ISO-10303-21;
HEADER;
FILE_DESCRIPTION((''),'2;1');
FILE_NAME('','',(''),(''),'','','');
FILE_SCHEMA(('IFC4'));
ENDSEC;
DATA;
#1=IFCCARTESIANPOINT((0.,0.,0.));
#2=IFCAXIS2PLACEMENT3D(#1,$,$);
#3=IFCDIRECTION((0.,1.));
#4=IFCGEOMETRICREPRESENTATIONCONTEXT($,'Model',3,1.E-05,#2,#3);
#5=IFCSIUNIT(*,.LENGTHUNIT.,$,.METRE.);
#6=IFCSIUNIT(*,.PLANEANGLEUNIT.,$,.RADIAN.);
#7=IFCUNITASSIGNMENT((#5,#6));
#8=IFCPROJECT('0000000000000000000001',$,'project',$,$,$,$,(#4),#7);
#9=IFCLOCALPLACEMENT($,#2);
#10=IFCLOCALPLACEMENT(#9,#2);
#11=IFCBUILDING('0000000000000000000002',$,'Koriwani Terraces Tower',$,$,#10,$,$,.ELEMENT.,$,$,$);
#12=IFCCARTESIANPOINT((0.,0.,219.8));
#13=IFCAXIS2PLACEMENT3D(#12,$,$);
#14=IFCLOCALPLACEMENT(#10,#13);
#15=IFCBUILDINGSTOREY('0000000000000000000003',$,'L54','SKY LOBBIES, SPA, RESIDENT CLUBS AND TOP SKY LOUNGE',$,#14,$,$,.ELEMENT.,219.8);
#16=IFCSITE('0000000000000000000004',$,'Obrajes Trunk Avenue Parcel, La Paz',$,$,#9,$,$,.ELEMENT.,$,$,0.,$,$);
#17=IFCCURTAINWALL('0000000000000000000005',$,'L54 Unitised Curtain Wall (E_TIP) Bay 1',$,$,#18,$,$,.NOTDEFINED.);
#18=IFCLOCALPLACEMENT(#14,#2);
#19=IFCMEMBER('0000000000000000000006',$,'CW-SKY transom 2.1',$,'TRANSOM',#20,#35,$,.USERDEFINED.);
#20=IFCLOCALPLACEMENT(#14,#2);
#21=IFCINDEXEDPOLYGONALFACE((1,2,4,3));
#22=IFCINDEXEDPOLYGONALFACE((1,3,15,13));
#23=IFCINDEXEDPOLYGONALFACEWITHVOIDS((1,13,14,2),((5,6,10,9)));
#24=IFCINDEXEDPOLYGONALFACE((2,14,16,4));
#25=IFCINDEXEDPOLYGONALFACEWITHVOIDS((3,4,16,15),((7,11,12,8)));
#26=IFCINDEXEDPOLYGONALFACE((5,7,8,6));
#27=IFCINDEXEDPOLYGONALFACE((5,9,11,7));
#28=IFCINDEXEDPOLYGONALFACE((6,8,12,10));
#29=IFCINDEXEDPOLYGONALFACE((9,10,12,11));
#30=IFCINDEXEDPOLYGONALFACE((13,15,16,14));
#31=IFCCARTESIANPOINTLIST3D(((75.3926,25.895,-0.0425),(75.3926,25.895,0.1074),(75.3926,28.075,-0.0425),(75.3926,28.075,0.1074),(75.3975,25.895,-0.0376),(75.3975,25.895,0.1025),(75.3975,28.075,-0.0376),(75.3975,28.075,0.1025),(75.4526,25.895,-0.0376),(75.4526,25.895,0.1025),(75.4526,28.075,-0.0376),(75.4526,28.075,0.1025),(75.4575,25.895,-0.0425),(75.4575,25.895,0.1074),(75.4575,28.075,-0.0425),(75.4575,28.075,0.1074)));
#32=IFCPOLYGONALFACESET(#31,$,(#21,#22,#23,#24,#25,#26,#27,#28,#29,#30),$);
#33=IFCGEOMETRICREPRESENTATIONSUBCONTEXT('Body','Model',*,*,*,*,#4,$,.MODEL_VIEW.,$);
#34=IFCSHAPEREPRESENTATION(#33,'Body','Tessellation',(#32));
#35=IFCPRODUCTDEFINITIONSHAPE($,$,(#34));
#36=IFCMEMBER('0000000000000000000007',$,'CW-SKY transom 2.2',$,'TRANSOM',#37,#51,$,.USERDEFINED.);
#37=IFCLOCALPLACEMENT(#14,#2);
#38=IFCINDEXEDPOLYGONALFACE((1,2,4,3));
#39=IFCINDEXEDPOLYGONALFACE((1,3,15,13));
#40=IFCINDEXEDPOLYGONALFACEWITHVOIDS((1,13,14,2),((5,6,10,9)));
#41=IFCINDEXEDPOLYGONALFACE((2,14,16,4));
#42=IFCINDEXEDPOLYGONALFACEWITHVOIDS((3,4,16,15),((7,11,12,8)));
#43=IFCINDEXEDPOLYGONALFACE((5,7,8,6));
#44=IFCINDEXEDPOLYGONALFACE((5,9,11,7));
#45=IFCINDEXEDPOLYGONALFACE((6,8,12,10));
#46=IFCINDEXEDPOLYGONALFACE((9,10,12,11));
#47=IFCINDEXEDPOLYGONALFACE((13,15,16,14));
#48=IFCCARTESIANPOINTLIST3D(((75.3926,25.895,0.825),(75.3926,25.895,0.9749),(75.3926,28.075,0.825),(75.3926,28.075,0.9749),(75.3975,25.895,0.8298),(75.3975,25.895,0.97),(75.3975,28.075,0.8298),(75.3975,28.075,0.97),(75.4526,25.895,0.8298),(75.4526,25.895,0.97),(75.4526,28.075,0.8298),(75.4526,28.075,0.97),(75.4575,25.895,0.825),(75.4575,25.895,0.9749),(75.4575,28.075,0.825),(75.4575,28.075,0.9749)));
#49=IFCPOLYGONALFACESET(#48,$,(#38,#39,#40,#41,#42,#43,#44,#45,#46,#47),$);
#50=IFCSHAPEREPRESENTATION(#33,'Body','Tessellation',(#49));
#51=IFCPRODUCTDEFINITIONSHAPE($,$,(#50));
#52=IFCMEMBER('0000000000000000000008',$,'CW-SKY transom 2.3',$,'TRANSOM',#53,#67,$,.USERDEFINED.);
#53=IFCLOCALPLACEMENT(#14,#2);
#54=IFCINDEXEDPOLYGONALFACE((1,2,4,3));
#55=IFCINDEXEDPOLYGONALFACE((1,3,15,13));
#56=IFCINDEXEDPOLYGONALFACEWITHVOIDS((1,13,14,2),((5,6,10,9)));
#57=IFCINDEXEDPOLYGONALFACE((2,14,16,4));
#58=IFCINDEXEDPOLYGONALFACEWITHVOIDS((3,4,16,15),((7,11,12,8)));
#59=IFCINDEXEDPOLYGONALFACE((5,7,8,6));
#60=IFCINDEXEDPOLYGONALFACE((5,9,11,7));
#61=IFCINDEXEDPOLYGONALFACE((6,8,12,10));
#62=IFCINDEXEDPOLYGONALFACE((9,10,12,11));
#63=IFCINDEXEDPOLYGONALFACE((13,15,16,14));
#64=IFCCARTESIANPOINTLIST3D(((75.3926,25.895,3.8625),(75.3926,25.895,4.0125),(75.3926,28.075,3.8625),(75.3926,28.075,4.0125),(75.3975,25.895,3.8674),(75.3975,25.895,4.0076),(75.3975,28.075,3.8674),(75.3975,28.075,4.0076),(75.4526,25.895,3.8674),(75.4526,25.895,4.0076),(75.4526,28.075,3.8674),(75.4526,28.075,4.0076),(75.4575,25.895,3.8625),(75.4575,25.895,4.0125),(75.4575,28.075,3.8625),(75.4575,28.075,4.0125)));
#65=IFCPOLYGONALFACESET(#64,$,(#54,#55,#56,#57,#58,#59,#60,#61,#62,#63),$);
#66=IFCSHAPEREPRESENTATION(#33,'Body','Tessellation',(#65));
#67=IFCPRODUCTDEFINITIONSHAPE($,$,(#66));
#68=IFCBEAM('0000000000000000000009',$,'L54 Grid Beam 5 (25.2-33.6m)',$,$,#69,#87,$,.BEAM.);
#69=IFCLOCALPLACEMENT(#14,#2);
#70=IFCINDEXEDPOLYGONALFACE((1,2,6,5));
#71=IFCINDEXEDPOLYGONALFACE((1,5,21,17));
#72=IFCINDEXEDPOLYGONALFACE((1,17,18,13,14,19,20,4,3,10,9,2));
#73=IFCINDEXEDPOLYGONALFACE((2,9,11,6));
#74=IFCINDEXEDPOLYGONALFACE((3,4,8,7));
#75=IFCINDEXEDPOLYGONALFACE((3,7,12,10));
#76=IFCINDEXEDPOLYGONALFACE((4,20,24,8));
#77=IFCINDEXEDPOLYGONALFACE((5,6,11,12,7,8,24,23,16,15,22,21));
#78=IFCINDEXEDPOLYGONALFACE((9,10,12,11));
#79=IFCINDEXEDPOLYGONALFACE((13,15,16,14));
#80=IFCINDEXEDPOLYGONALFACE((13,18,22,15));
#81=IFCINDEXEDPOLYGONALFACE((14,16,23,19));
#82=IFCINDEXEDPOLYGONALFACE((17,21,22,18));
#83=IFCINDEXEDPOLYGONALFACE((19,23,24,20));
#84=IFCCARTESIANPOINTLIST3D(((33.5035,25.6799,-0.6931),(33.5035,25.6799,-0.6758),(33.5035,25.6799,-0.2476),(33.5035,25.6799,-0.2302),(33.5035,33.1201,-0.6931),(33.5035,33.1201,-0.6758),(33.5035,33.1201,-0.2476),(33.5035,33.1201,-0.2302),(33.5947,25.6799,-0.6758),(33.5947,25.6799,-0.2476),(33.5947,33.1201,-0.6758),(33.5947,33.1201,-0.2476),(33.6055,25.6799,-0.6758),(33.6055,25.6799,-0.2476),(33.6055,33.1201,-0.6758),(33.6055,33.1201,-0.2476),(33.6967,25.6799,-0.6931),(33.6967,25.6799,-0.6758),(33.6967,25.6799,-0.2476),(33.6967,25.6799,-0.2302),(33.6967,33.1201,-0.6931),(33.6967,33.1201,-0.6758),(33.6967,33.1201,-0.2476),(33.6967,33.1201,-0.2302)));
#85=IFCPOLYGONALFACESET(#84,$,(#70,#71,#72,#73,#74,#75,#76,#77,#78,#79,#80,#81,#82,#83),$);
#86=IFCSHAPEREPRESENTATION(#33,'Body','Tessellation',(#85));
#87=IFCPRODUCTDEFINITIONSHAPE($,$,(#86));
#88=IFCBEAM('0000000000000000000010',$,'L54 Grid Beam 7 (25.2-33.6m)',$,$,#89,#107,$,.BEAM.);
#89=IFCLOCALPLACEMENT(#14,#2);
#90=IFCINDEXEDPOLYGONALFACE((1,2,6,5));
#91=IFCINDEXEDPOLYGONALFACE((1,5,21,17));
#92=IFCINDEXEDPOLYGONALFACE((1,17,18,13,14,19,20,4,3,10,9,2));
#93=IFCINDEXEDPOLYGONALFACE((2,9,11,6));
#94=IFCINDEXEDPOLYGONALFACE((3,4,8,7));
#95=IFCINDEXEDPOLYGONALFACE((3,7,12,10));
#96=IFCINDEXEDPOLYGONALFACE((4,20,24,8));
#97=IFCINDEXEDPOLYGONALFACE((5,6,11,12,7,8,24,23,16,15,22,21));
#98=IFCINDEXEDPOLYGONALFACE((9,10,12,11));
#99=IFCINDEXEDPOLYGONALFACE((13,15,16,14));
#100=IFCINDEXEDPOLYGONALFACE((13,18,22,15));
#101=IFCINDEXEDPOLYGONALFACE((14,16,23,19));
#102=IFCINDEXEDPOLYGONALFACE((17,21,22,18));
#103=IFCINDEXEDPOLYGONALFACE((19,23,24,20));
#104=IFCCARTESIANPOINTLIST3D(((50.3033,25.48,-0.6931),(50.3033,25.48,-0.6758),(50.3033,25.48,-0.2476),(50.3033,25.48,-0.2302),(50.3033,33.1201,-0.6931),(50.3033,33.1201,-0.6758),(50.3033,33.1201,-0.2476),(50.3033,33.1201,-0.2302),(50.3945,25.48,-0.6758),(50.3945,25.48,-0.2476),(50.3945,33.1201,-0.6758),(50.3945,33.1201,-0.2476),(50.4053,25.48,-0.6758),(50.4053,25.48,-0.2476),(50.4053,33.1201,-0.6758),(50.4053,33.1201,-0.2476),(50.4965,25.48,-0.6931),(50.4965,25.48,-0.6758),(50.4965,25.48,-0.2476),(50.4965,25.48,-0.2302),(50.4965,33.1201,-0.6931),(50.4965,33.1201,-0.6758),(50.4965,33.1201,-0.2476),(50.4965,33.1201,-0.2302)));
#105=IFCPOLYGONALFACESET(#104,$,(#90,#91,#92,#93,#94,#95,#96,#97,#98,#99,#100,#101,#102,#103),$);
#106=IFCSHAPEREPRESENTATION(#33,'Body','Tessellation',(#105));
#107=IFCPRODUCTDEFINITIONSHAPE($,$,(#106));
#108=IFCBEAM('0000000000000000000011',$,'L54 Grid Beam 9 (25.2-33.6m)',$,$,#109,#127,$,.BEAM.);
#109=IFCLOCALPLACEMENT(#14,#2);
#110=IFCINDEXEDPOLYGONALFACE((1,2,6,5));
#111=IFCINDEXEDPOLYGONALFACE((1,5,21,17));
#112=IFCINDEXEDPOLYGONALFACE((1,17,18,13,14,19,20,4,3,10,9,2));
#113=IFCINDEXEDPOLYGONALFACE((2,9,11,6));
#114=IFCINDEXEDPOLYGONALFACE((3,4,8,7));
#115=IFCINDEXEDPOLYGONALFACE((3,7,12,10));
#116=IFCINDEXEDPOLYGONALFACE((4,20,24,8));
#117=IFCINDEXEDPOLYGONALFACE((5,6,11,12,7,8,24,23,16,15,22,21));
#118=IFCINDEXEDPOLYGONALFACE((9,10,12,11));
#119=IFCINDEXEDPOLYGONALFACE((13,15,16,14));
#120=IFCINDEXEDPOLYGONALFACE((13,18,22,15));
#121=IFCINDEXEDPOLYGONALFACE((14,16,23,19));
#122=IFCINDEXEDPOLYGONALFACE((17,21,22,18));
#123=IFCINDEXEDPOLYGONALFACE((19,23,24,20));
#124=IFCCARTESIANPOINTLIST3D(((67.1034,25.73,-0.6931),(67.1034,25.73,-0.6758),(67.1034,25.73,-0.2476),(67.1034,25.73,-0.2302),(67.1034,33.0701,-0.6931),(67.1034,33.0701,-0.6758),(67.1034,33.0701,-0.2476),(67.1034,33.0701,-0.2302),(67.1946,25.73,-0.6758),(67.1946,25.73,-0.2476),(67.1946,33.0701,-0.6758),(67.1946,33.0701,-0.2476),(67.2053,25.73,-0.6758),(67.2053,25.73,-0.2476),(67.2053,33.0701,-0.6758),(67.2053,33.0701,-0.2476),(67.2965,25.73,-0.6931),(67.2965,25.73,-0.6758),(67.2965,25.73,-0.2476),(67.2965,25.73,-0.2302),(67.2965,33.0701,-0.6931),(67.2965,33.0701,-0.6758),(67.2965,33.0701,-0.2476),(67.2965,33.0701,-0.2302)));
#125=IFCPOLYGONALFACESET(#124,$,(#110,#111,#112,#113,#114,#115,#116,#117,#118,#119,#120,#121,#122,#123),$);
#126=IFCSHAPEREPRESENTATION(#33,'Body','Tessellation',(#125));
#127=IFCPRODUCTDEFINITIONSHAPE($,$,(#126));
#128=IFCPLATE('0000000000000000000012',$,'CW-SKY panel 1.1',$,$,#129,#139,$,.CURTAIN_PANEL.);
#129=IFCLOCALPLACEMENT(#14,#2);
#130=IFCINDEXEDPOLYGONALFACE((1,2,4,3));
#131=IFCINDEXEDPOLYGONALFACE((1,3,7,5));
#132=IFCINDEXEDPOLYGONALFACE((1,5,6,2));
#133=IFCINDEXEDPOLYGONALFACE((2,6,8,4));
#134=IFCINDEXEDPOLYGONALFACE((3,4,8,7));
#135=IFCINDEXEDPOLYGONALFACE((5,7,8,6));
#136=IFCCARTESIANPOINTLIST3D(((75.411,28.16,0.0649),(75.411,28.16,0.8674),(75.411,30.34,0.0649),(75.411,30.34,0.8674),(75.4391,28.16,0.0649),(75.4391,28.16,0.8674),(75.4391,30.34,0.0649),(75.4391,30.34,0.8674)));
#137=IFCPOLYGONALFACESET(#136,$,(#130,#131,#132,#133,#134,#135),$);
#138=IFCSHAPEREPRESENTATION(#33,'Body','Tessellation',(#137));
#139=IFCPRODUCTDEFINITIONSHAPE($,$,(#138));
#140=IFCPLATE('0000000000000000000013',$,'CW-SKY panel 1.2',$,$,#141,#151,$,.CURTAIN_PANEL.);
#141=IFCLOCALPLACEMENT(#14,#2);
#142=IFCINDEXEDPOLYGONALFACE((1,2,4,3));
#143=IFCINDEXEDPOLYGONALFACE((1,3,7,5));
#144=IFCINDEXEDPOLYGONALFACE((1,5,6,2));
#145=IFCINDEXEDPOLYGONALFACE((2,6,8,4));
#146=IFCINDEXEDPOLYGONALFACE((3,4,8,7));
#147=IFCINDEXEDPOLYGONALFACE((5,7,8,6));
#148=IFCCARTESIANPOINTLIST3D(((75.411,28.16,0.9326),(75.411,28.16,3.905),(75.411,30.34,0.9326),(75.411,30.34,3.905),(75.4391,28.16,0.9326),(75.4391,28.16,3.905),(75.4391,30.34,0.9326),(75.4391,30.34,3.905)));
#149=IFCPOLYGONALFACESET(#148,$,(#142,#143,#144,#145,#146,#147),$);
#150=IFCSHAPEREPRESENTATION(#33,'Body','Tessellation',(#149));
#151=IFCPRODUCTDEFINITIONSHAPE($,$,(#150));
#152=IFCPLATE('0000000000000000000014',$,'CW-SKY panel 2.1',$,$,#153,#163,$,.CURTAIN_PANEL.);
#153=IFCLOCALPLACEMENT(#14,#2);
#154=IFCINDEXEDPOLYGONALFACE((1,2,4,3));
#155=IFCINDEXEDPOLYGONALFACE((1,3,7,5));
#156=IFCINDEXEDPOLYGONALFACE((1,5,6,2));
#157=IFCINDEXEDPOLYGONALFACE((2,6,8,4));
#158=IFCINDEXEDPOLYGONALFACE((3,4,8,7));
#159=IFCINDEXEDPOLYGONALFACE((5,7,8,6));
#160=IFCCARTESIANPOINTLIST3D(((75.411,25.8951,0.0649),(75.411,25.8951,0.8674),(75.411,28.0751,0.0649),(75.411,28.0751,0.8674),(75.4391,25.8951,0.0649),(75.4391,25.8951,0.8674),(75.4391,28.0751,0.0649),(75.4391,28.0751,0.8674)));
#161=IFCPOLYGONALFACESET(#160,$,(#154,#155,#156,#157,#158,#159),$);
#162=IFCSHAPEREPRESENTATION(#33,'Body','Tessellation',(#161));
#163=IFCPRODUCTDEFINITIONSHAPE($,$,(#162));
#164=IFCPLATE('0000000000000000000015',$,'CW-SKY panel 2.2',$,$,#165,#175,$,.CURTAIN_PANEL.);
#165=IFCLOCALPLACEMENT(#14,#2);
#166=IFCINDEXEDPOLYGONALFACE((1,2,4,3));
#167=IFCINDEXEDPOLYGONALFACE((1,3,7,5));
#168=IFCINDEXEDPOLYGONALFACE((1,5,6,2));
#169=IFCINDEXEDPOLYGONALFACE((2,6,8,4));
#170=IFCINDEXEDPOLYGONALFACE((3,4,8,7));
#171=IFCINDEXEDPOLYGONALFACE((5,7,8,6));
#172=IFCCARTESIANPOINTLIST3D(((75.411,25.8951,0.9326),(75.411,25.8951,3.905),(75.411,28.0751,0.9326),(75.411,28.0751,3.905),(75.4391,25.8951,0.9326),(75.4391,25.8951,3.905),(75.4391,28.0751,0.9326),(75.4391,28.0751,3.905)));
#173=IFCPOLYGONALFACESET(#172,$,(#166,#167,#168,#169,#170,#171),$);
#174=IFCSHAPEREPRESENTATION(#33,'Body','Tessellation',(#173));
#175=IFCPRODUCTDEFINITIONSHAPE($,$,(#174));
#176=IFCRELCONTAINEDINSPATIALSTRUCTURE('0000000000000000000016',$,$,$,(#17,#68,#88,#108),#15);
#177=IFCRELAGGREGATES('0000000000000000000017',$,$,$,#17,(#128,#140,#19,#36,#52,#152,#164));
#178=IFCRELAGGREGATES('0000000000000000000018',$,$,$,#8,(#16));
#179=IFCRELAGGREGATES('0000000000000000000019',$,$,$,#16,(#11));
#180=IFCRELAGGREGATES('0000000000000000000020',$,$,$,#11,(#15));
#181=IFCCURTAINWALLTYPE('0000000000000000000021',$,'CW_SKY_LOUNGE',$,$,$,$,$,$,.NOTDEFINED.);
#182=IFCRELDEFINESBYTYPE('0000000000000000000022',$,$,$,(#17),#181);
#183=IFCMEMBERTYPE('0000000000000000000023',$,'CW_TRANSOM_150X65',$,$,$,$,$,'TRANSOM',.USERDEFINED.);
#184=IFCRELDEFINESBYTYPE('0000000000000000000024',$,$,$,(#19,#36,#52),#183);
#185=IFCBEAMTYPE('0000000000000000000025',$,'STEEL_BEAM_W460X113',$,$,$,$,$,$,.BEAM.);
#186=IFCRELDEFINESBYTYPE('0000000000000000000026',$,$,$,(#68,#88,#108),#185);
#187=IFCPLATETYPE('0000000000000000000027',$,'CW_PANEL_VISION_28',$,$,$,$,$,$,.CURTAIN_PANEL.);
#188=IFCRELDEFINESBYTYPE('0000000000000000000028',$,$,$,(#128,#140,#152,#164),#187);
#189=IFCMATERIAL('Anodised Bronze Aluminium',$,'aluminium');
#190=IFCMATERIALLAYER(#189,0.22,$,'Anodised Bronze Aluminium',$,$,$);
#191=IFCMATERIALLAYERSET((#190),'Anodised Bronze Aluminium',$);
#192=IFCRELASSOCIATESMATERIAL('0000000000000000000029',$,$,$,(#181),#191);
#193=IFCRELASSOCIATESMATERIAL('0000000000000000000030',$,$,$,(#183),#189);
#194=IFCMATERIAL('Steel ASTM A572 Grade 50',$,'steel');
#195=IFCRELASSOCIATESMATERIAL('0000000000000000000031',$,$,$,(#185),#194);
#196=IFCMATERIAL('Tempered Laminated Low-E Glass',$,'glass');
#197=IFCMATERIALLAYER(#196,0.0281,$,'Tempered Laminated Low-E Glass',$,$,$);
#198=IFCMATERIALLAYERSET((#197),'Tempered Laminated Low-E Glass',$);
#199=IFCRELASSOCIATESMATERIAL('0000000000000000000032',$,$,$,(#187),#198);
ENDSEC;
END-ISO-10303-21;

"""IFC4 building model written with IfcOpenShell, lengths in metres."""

from ifc_helpers import new_model, si_unit, direction, frame, origin, origin_2d, place, context, subcontext, project, spatial, rectangle, hollow_rectangle, i_section, extrude, material, layer, layer_set, material_profile, profile_set, type_object, element, aggregate, save


model = new_model("IFC4")

# Units and contexts
model_context = context("Model", 3, precision=1e-05, world=origin(), true_north=direction((0.0, 1.0)))
body_context = subcontext(model_context, "Body", "Model", "MODEL_VIEW")
ifc_project = project(units=[si_unit("LENGTHUNIT", "METRE"), si_unit("PLANEANGLEUNIT", "RADIAN")], contexts=[model_context])

# Site, building, storey
site_placement = place(None, origin())
site = spatial("IfcSite", under=ifc_project, at=site_placement, Name="Obrajes Trunk Avenue Parcel, La Paz", CompositionType="ELEMENT", RefElevation=0.0)
building_placement = place(site_placement, origin())
building = spatial("IfcBuilding", under=site, at=building_placement, Name="Koriwani Terraces Tower", CompositionType="ELEMENT")
storey_placement = place(building_placement, frame((0.0, 0.0, 219.8)))
storey = spatial("IfcBuildingStorey", under=building, at=storey_placement, Name="L54", Description="SKY LOBBIES, SPA, RESIDENT CLUBS AND TOP SKY LOUNGE", CompositionType="ELEMENT", Elevation=219.8)

# Curtain wall, members
ifc_material_1 = material(Name="Anodised Bronze Aluminium", Category="aluminium")
ifc_layer_1 = layer(ifc_material_1, 0.22, Name="Anodised Bronze Aluminium")
ifc_layer_set_1 = layer_set([ifc_layer_1], Name="Anodised Bronze Aluminium")
curtain_wall_type = type_object("IfcCurtainWallType", Name="CW_SKY_LOUNGE", PredefinedType="NOTDEFINED", material=ifc_layer_set_1)
curtain_wall_placement = place(storey_placement, origin())
curtain_wall = element("IfcCurtainWall", 1, at=curtain_wall_placement, inside=storey, type_object=curtain_wall_type, Name="L54 Unitised Curtain Wall (E_TIP) Bay 1", PredefinedType="NOTDEFINED")
ifc_material_profile_1 = material_profile(ifc_material_1, hollow_rectangle(XDim=0.0649, YDim=0.1499, WallThickness=0.0049, at=origin_2d()), Name="Anodised Bronze Aluminium", Category="LoadBearing")
ifc_profile_set_1 = profile_set([ifc_material_profile_1], Name="Anodised Bronze Aluminium")
member_type_1 = type_object("IfcMemberType", Name="CW_TRANSOM_150X65", ElementType="TRANSOM", PredefinedType="USERDEFINED", material=ifc_profile_set_1)
member_1_placement = place(storey_placement, frame((75.425, 28.075, 0.0325), z_axis=(0.0, -1.0, 0.0), x_axis=(1.0, 0.0, 0.0)))
member_1 = element("IfcMember", 2, at=member_1_placement, type_object=member_type_1, Name="CW-SKY transom 2.1", ObjectType="TRANSOM", PredefinedType="USERDEFINED", context=body_context, shape_type="SweptSolid", body=[
    extrude(hollow_rectangle(XDim=0.0649, YDim=0.1499, WallThickness=0.0049, at=origin_2d()), origin(), (0.0, 0.0, 1.0), 2.1799),
])
member_2_placement = place(storey_placement, frame((75.425, 28.075, 0.8999), z_axis=(0.0, -1.0, 0.0), x_axis=(1.0, 0.0, 0.0)))
member_2 = element("IfcMember", 3, at=member_2_placement, type_object=member_type_1, Name="CW-SKY transom 2.2", ObjectType="TRANSOM", PredefinedType="USERDEFINED", context=body_context, shape_type="SweptSolid", body=[
    extrude(hollow_rectangle(XDim=0.0649, YDim=0.1499, WallThickness=0.0049, at=origin_2d()), origin(), (0.0, 0.0, 1.0), 2.1799),
])
member_3_placement = place(storey_placement, frame((75.425, 28.075, 3.9375), z_axis=(0.0, -1.0, 0.0), x_axis=(1.0, 0.0, 0.0)))
member_3 = element("IfcMember", 4, at=member_3_placement, type_object=member_type_1, Name="CW-SKY transom 2.3", ObjectType="TRANSOM", PredefinedType="USERDEFINED", context=body_context, shape_type="SweptSolid", body=[
    extrude(hollow_rectangle(XDim=0.0649, YDim=0.1499, WallThickness=0.0049, at=origin_2d()), origin(), (0.0, 0.0, 1.0), 2.1799),
])

# Beams
ifc_material_2 = material(Name="Steel ASTM A572 Grade 50", Category="steel")
ifc_material_profile_2 = material_profile(ifc_material_2, i_section(OverallWidth=0.1931, OverallDepth=0.4629, WebThickness=0.0107, FlangeThickness=0.0173, at=origin_2d()), Name="Steel ASTM A572 Grade 50", Category="LoadBearing")
ifc_profile_set_2 = profile_set([ifc_material_profile_2], Name="Steel ASTM A572 Grade 50")
beam_type_1 = type_object("IfcBeamType", Name="STEEL_BEAM_W460X113", PredefinedType="BEAM", material=ifc_profile_set_2)
beam_1_placement = place(storey_placement, frame((33.6001, 25.6799, -0.4617), z_axis=(0.0, 1.0, 0.0), x_axis=(-1.0, 0.0, 0.0)))
element("IfcBeam", 5, at=beam_1_placement, inside=storey, type_object=beam_type_1, Name="L54 Grid Beam 5 (25.2-33.6m)", PredefinedType="BEAM", context=body_context, shape_type="SweptSolid", body=[
    extrude(i_section(OverallWidth=0.1931, OverallDepth=0.4629, WebThickness=0.0107, FlangeThickness=0.0173, at=origin_2d()), origin(), (0.0, 0.0, 1.0), 7.4402),
])
beam_2_placement = place(storey_placement, frame((50.3999, 25.48, -0.4617), z_axis=(0.0, 1.0, 0.0), x_axis=(-1.0, 0.0, 0.0)))
element("IfcBeam", 6, at=beam_2_placement, inside=storey, type_object=beam_type_1, Name="L54 Grid Beam 7 (25.2-33.6m)", PredefinedType="BEAM", context=body_context, shape_type="SweptSolid", body=[
    extrude(i_section(OverallWidth=0.1931, OverallDepth=0.4629, WebThickness=0.0107, FlangeThickness=0.0173, at=origin_2d()), origin(), (0.0, 0.0, 1.0), 7.6401),
])
beam_3_placement = place(storey_placement, frame((67.2, 25.73, -0.4617), z_axis=(0.0, 1.0, 0.0), x_axis=(-1.0, 0.0, 0.0)))
element("IfcBeam", 7, at=beam_3_placement, inside=storey, type_object=beam_type_1, Name="L54 Grid Beam 9 (25.2-33.6m)", PredefinedType="BEAM", context=body_context, shape_type="SweptSolid", body=[
    extrude(i_section(OverallWidth=0.1931, OverallDepth=0.4629, WebThickness=0.0107, FlangeThickness=0.0173, at=origin_2d()), origin(), (0.0, 0.0, 1.0), 7.3401),
])

# Plates
ifc_material_3 = material(Name="Tempered Laminated Low-E Glass", Category="glass")
ifc_layer_2 = layer(ifc_material_3, 0.0281, Name="Tempered Laminated Low-E Glass")
ifc_layer_set_2 = layer_set([ifc_layer_2], Name="Tempered Laminated Low-E Glass")
plate_type = type_object("IfcPlateType", Name="CW_PANEL_VISION_28", PredefinedType="CURTAIN_PANEL", material=ifc_layer_set_2)
plate_1_placement = place(storey_placement, frame((75.425, 29.25, 0.0649), z_axis=(0.0, 0.0, 1.0), x_axis=(0.0, -1.0, 0.0)))
plate_1 = element("IfcPlate", 8, at=plate_1_placement, type_object=plate_type, Name="CW-SKY panel 1.1", PredefinedType="CURTAIN_PANEL", context=body_context, shape_type="SweptSolid", body=[
    extrude(rectangle(XDim=2.1799, YDim=0.0281, at=origin_2d()), origin(), (0.0, 0.0, 1.0), 0.8025),
])
plate_2_placement = place(storey_placement, frame((75.425, 29.25, 0.9326), z_axis=(0.0, 0.0, 1.0), x_axis=(0.0, -1.0, 0.0)))
plate_2 = element("IfcPlate", 9, at=plate_2_placement, type_object=plate_type, Name="CW-SKY panel 1.2", PredefinedType="CURTAIN_PANEL", context=body_context, shape_type="SweptSolid", body=[
    extrude(rectangle(XDim=2.1799, YDim=0.0281, at=origin_2d()), origin(), (0.0, 0.0, 1.0), 2.9724),
])
plate_3_placement = place(storey_placement, frame((75.425, 26.9851, 0.0649), z_axis=(0.0, 0.0, 1.0), x_axis=(0.0, -1.0, 0.0)))
plate_3 = element("IfcPlate", 10, at=plate_3_placement, type_object=plate_type, Name="CW-SKY panel 2.1", PredefinedType="CURTAIN_PANEL", context=body_context, shape_type="SweptSolid", body=[
    extrude(rectangle(XDim=2.1799, YDim=0.0281, at=origin_2d()), origin(), (0.0, 0.0, 1.0), 0.8025),
])
plate_4_placement = place(storey_placement, frame((75.425, 26.9851, 0.9326), z_axis=(0.0, 0.0, 1.0), x_axis=(0.0, -1.0, 0.0)))
plate_4 = element("IfcPlate", 11, at=plate_4_placement, type_object=plate_type, Name="CW-SKY panel 2.2", PredefinedType="CURTAIN_PANEL", context=body_context, shape_type="SweptSolid", body=[
    extrude(rectangle(XDim=2.1799, YDim=0.0281, at=origin_2d()), origin(), (0.0, 0.0, 1.0), 2.9724),
])
aggregate(curtain_wall, [plate_1, plate_2, member_1, member_2, member_3, plate_3, plate_4])

save(model, "model.ifc")
